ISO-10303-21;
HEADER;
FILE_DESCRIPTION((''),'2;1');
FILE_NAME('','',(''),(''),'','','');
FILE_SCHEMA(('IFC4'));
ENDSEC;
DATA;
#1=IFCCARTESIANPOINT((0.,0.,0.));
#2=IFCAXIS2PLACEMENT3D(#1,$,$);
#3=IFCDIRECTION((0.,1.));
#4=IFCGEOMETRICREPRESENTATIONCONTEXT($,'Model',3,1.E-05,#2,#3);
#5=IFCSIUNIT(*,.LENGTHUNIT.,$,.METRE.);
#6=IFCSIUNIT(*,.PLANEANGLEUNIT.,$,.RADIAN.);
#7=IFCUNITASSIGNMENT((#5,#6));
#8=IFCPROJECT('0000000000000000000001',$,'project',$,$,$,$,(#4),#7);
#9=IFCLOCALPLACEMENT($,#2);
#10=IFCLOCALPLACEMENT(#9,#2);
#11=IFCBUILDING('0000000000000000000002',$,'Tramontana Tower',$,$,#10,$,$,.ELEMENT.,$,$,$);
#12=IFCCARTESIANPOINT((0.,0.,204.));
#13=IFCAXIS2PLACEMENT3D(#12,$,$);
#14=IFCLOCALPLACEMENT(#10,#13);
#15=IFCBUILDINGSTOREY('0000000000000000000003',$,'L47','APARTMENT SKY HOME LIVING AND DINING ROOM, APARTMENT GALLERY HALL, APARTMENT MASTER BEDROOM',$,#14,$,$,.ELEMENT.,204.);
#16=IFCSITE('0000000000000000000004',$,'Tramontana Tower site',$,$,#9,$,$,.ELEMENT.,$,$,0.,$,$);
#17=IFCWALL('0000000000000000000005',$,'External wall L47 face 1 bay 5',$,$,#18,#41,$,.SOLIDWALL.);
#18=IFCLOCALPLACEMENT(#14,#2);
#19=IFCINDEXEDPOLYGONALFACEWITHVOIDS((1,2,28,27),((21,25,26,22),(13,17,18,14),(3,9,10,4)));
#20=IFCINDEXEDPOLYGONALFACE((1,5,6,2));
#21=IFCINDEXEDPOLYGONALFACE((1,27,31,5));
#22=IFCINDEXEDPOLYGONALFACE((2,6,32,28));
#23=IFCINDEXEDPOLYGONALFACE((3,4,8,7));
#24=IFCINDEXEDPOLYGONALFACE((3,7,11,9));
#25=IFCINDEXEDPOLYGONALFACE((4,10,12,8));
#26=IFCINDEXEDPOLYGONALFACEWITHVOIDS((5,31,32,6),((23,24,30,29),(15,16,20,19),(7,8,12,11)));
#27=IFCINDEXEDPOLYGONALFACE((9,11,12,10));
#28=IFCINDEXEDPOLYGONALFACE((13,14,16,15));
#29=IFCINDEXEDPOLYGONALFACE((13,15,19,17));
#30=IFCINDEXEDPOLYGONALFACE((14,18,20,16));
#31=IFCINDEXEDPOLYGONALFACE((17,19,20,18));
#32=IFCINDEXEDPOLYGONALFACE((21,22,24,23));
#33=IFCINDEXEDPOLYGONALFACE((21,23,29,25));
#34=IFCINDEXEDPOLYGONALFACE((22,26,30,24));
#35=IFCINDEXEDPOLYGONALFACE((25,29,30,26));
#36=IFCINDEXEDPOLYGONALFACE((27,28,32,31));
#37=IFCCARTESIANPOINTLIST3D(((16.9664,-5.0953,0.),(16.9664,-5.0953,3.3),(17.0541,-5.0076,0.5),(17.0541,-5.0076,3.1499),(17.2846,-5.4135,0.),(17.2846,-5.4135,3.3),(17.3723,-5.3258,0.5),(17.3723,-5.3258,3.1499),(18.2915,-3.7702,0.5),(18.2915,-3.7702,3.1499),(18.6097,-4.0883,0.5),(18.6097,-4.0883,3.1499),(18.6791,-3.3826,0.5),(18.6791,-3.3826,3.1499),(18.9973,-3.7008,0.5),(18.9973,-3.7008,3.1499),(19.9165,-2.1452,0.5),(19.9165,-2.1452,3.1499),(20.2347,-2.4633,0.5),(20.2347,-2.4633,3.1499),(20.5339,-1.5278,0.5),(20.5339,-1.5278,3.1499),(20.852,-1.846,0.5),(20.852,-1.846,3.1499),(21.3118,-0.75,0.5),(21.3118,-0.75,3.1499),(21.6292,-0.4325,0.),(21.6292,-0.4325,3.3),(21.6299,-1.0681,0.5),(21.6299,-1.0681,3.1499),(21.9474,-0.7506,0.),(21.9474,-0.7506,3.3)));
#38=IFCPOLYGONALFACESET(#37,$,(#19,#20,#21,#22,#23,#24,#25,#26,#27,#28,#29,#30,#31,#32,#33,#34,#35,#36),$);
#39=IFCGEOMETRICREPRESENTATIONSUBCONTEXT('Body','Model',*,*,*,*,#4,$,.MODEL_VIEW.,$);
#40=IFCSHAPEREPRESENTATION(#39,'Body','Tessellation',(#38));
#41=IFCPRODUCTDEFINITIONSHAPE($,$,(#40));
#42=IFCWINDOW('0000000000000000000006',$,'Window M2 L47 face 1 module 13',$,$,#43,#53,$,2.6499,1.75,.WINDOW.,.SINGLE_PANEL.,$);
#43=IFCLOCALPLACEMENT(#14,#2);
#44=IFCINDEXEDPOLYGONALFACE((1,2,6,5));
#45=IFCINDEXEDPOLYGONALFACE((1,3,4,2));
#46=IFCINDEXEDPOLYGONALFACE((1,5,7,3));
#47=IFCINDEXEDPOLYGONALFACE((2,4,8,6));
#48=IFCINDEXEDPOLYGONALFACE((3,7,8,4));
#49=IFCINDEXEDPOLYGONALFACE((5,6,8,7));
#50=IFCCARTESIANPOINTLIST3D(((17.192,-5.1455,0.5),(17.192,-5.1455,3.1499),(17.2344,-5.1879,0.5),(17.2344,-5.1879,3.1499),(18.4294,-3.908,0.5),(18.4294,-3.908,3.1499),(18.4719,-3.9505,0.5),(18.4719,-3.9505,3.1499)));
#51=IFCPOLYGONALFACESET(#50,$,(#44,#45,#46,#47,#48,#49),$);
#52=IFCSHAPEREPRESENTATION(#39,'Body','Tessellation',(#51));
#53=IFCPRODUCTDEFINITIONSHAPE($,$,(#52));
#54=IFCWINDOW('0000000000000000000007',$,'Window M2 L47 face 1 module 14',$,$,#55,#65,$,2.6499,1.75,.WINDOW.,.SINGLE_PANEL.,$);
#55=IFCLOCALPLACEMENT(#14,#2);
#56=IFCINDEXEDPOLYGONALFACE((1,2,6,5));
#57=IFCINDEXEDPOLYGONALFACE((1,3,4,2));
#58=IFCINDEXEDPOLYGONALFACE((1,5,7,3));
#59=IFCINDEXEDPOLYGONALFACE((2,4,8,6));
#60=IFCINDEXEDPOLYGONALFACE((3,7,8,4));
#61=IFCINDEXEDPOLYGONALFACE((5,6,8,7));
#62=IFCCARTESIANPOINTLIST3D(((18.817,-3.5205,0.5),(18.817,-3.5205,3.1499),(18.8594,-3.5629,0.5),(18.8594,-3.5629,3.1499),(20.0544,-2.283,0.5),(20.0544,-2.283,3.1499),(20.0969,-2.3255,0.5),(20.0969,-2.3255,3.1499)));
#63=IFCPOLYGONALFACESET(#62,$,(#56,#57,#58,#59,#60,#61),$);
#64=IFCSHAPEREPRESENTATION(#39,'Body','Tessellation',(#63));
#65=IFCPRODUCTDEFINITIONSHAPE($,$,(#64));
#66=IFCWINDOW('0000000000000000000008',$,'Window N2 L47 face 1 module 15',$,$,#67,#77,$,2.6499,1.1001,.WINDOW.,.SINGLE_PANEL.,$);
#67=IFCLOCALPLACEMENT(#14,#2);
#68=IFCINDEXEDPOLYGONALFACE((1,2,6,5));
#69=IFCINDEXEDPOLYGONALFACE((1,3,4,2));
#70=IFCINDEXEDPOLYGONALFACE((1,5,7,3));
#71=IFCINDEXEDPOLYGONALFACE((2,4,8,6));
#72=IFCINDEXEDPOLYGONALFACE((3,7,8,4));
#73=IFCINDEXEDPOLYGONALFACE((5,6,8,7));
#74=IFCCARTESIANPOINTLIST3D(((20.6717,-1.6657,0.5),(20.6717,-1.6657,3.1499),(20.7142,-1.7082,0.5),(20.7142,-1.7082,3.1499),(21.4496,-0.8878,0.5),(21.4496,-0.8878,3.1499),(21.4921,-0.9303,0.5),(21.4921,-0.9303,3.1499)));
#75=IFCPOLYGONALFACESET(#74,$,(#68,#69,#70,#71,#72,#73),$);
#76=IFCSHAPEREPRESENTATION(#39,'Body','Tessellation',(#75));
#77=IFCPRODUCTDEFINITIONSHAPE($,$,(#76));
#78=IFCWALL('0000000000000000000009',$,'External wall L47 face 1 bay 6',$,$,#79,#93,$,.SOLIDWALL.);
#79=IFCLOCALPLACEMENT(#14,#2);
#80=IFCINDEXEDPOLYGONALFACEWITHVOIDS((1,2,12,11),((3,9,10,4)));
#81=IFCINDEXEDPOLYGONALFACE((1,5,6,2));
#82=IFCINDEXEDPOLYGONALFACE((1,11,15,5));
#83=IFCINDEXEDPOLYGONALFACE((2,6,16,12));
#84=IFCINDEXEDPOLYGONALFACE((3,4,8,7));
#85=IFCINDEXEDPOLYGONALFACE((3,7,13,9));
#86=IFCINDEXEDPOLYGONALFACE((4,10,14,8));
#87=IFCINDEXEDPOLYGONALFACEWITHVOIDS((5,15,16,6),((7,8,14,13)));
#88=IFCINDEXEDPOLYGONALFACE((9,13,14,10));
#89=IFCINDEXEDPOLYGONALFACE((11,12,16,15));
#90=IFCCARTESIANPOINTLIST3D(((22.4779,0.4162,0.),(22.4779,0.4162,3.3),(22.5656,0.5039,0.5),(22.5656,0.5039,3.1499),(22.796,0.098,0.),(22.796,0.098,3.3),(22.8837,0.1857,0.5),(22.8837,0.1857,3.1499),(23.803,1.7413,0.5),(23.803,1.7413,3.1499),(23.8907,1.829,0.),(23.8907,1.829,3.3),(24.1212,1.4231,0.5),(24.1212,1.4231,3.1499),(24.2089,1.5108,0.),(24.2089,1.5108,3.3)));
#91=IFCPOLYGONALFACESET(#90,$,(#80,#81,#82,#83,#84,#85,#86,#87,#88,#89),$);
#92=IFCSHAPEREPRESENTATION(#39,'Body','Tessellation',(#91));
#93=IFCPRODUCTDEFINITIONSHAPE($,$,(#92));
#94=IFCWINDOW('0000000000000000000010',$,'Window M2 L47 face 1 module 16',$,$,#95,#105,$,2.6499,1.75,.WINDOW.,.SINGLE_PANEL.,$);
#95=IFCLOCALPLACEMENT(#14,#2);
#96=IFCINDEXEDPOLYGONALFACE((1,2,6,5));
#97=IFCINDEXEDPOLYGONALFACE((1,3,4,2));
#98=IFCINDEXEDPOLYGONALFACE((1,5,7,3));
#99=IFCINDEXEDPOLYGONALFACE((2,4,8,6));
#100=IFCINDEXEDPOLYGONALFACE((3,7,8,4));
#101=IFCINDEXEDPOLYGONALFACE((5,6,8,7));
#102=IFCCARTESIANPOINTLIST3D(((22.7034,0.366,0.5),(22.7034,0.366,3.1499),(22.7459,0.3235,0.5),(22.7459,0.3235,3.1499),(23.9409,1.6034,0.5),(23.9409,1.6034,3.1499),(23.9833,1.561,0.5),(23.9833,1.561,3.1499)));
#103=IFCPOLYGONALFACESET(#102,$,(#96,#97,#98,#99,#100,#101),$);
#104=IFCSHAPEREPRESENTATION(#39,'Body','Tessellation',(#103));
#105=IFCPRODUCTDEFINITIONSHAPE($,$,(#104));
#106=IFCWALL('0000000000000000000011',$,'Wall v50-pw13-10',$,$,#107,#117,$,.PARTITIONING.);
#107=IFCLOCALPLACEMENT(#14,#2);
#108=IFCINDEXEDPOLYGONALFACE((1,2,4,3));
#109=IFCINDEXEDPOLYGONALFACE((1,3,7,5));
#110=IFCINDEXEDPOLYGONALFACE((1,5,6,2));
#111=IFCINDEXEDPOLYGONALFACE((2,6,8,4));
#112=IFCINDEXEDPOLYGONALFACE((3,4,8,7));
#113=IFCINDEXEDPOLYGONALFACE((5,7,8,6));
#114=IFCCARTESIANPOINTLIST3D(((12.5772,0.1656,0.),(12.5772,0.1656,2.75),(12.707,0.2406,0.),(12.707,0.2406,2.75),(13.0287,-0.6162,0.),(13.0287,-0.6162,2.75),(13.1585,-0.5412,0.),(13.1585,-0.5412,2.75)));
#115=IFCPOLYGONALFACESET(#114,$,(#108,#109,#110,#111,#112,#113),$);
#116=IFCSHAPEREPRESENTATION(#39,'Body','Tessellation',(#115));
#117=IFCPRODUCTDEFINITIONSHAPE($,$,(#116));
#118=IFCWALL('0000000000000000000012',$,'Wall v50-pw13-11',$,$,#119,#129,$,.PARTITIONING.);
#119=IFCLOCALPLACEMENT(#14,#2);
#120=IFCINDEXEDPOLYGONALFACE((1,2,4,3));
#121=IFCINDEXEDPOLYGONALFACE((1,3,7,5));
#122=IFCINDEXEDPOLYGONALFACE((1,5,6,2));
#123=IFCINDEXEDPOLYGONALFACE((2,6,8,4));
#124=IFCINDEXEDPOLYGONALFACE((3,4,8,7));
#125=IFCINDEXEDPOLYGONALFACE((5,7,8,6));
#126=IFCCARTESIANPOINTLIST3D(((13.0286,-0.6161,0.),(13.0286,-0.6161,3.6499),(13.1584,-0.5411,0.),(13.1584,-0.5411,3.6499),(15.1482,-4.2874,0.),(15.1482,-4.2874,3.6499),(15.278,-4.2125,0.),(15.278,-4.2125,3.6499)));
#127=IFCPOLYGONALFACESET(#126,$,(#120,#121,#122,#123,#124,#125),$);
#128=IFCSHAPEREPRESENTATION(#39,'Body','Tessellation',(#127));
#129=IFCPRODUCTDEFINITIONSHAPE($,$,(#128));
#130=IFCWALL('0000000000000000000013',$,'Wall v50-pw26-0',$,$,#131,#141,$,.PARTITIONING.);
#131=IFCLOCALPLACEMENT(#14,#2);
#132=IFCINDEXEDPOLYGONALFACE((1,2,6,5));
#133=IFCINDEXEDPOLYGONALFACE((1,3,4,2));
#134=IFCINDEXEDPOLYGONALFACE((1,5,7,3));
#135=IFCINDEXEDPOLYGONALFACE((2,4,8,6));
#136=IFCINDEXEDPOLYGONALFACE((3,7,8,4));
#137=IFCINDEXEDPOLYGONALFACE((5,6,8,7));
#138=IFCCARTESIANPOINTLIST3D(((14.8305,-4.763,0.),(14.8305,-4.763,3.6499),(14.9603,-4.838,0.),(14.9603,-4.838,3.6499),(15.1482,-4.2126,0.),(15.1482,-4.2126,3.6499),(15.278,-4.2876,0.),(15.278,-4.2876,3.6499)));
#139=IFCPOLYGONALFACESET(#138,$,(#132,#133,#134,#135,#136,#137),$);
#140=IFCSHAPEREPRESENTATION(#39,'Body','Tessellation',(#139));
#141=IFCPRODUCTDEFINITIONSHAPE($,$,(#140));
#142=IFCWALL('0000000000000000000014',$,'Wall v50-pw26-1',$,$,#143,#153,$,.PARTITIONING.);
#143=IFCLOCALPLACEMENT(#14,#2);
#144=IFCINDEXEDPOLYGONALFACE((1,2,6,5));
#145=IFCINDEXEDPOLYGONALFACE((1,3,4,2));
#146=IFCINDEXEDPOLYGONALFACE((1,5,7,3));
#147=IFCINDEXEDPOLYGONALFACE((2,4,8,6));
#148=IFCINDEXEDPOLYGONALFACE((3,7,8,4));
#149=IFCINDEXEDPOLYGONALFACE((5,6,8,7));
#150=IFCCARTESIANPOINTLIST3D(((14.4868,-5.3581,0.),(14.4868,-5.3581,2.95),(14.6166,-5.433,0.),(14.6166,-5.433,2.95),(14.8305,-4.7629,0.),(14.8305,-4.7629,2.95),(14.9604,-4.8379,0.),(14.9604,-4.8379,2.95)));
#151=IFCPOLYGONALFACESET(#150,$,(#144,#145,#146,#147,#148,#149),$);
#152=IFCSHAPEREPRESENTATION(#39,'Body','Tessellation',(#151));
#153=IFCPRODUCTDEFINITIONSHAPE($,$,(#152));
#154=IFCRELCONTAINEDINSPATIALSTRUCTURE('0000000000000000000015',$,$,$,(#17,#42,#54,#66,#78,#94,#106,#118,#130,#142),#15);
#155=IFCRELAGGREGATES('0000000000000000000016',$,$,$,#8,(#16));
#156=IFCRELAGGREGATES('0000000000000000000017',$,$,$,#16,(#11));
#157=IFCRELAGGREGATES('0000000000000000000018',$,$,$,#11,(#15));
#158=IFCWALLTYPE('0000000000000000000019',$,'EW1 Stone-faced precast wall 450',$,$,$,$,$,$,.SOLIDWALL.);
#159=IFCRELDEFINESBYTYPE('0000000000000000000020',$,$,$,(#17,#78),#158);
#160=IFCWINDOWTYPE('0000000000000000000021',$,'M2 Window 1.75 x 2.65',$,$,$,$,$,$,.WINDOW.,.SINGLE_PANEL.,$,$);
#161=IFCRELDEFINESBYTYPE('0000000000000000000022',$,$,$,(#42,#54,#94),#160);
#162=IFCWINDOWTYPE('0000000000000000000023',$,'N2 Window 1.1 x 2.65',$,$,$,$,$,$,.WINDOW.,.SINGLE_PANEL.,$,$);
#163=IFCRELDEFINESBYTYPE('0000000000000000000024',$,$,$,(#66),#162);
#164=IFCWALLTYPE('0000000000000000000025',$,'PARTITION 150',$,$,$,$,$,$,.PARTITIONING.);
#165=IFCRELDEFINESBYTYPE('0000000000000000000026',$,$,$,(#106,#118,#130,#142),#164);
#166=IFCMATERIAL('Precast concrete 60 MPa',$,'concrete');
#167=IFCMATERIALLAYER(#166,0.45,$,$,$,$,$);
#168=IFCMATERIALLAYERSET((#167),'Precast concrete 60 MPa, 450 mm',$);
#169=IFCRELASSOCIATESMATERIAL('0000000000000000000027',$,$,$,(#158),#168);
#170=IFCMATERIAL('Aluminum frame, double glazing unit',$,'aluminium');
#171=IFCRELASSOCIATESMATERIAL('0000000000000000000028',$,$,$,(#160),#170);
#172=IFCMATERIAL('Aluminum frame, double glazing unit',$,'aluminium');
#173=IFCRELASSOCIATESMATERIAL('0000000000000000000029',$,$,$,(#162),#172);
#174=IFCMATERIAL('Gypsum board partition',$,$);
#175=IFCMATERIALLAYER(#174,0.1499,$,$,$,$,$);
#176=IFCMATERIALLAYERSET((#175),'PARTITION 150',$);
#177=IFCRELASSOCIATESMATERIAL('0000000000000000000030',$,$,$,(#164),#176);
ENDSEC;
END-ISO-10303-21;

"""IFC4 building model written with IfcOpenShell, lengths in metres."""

from ifc_helpers import new_model, si_unit, direction, frame, frame_2d, origin, place, context, subcontext, project, spatial, rectangle, extrude, material, layer, layer_set, type_object, element, fill, save


model = new_model("IFC4")

# Units and contexts
model_context = context("Model", 3, precision=1e-05, world=origin(), true_north=direction((0.0, 1.0)))
body_context = subcontext(model_context, "Body", "Model", "MODEL_VIEW")
ifc_project = project(units=[si_unit("LENGTHUNIT", "METRE"), si_unit("PLANEANGLEUNIT", "RADIAN")], contexts=[model_context])

# Site, building, storey
site_placement = place(None, origin())
site = spatial("IfcSite", under=ifc_project, at=site_placement, Name="Tramontana Tower site", CompositionType="ELEMENT", RefElevation=0.0)
building_placement = place(site_placement, origin())
building = spatial("IfcBuilding", under=site, at=building_placement, Name="Tramontana Tower", CompositionType="ELEMENT")
storey_placement = place(building_placement, frame((0.0, 0.0, 204.0)))
storey = spatial("IfcBuildingStorey", under=building, at=storey_placement, Name="L47", Description="APARTMENT SKY HOME LIVING AND DINING ROOM, APARTMENT GALLERY HALL, APARTMENT MASTER BEDROOM", CompositionType="ELEMENT", Elevation=204.0)

# Wall, openings, windows
ifc_material_1 = material(Name="Precast concrete 60 MPa", Category="concrete")
ifc_layer_1 = layer(ifc_material_1, 0.45)
ifc_layer_set_1 = layer_set([ifc_layer_1], Name="Precast concrete 60 MPa, 450 mm")
wall_type_1 = type_object("IfcWallType", Name="EW1 Stone-faced precast wall 450", PredefinedType="SOLIDWALL", material=ifc_layer_set_1)
wall_1_placement = place(storey_placement, frame((17.1255, -5.2544, 0.0), z_axis=(0.0, 0.0, 1.0), x_axis=(0.707107, 0.707107, 0.0)))
wall_1 = element("IfcWall", 1, at=wall_1_placement, inside=storey, type_object=wall_type_1, Name="External wall L47 face 1 bay 5", PredefinedType="SOLIDWALL", context=body_context, shape_type="SweptSolid", body=[
    extrude(rectangle(XDim=6.5942, YDim=0.45, at=frame_2d((3.2971, 0.0))), origin(), (0.0, 0.0, 1.0), 3.3),
])
opening_1_placement = place(wall_1_placement, frame((0.124, 0.0, 0.5)))
opening_1 = element("IfcOpeningElement", 2, at=opening_1_placement, cuts=wall_1, PredefinedType="OPENING", context=body_context, shape_type="SweptSolid", body=[
    extrude(rectangle(XDim=1.75, YDim=2.6499, at=frame_2d((0.875, 1.325))), frame((0.0, 0.2349, 0.0), z_axis=(0.0, -1.0, 0.0), x_axis=(1.0, 0.0, 0.0)), (0.0, 0.0, 1.0), 0.47),
])
opening_2_placement = place(wall_1_placement, frame((2.4221, 0.0, 0.5)))
opening_2 = element("IfcOpeningElement", 3, at=opening_2_placement, cuts=wall_1, PredefinedType="OPENING", context=body_context, shape_type="SweptSolid", body=[
    extrude(rectangle(XDim=1.75, YDim=2.6499, at=frame_2d((0.875, 1.325))), frame((0.0, 0.2349, 0.0), z_axis=(0.0, -1.0, 0.0), x_axis=(1.0, 0.0, 0.0)), (0.0, 0.0, 1.0), 0.47),
])
opening_3_placement = place(wall_1_placement, frame((5.0452, 0.0, 0.5)))
opening_3 = element("IfcOpeningElement", 4, at=opening_3_placement, cuts=wall_1, PredefinedType="OPENING", context=body_context, shape_type="SweptSolid", body=[
    extrude(rectangle(XDim=1.1001, YDim=2.6499, at=frame_2d((0.55, 1.325))), frame((0.0, 0.2349, 0.0), z_axis=(0.0, -1.0, 0.0), x_axis=(1.0, 0.0, 0.0)), (0.0, 0.0, 1.0), 0.47),
])
ifc_material_2 = material(Name="Aluminum frame, double glazing unit", Category="aluminium")
window_type_1 = type_object("IfcWindowType", Name="M2 Window 1.75 x 2.65", PartitioningType="SINGLE_PANEL", PredefinedType="WINDOW", material=ifc_material_2)
window_1_placement = place(opening_1_placement, origin())
window_1 = element("IfcWindow", 5, at=window_1_placement, inside=storey, type_object=window_type_1, Name="Window M2 L47 face 1 module 13", OverallHeight=2.6499, OverallWidth=1.75, PartitioningType="SINGLE_PANEL", PredefinedType="WINDOW", context=body_context, shape_type="SweptSolid", body=[
    extrude(rectangle(XDim=1.75, YDim=2.6499, at=frame_2d((0.875, 1.325))), frame((0.0, 0.03, 0.0), z_axis=(0.0, -1.0, 0.0), x_axis=(1.0, 0.0, 0.0)), (0.0, 0.0, 1.0), 0.0601),
])
fill(opening_1, window_1)
window_2_placement = place(opening_2_placement, origin())
window_2 = element("IfcWindow", 6, at=window_2_placement, inside=storey, type_object=window_type_1, Name="Window M2 L47 face 1 module 14", OverallHeight=2.6499, OverallWidth=1.75, PartitioningType="SINGLE_PANEL", PredefinedType="WINDOW", context=body_context, shape_type="SweptSolid", body=[
    extrude(rectangle(XDim=1.75, YDim=2.6499, at=frame_2d((0.875, 1.325))), frame((0.0, 0.03, 0.0), z_axis=(0.0, -1.0, 0.0), x_axis=(1.0, 0.0, 0.0)), (0.0, 0.0, 1.0), 0.0601),
])
fill(opening_2, window_2)
ifc_material_3 = material(Name="Aluminum frame, double glazing unit", Category="aluminium")
window_type_2 = type_object("IfcWindowType", Name="N2 Window 1.1 x 2.65", PartitioningType="SINGLE_PANEL", PredefinedType="WINDOW", material=ifc_material_3)
window_3_placement = place(opening_3_placement, origin())
window_3 = element("IfcWindow", 7, at=window_3_placement, inside=storey, type_object=window_type_2, Name="Window N2 L47 face 1 module 15", OverallHeight=2.6499, OverallWidth=1.1001, PartitioningType="SINGLE_PANEL", PredefinedType="WINDOW", context=body_context, shape_type="SweptSolid", body=[
    extrude(rectangle(XDim=1.1001, YDim=2.6499, at=frame_2d((0.55, 1.325))), frame((0.0, 0.03, 0.0), z_axis=(0.0, -1.0, 0.0), x_axis=(1.0, 0.0, 0.0)), (0.0, 0.0, 1.0), 0.0601),
])
fill(opening_3, window_3)

# Wall, opening, window
wall_2_placement = place(storey_placement, frame((22.637, 0.2571, 0.0), z_axis=(0.0, 0.0, 1.0), x_axis=(0.707107, 0.707107, 0.0)))
wall_2 = element("IfcWall", 8, at=wall_2_placement, inside=storey, type_object=wall_type_1, Name="External wall L47 face 1 bay 6", PredefinedType="SOLIDWALL", context=body_context, shape_type="SweptSolid", body=[
    extrude(rectangle(XDim=1.998, YDim=0.45, at=frame_2d((0.999, 0.0))), origin(), (0.0, 0.0, 1.0), 3.3),
])
opening_4_placement = place(wall_2_placement, frame((0.124, 0.0, 0.5)))
opening_4 = element("IfcOpeningElement", 9, at=opening_4_placement, cuts=wall_2, PredefinedType="OPENING", context=body_context, shape_type="SweptSolid", body=[
    extrude(rectangle(XDim=1.75, YDim=2.6499, at=frame_2d((0.875, 1.325))), frame((0.0, 0.2349, 0.0), z_axis=(0.0, -1.0, 0.0), x_axis=(1.0, 0.0, 0.0)), (0.0, 0.0, 1.0), 0.47),
])
window_4_placement = place(opening_4_placement, origin())
window_4 = element("IfcWindow", 10, at=window_4_placement, inside=storey, type_object=window_type_1, Name="Window M2 L47 face 1 module 16", OverallHeight=2.6499, OverallWidth=1.75, PartitioningType="SINGLE_PANEL", PredefinedType="WINDOW", context=body_context, shape_type="SweptSolid", body=[
    extrude(rectangle(XDim=1.75, YDim=2.6499, at=frame_2d((0.875, 1.325))), frame((0.0, 0.03, 0.0), z_axis=(0.0, -1.0, 0.0), x_axis=(1.0, 0.0, 0.0)), (0.0, 0.0, 1.0), 0.0601),
])
fill(opening_4, window_4)

# Walls
ifc_material_4 = material(Name="Gypsum board partition")
ifc_layer_2 = layer(ifc_material_4, 0.1499)
ifc_layer_set_2 = layer_set([ifc_layer_2], Name="PARTITION 150")
wall_type_2 = type_object("IfcWallType", Name="PARTITION 150", PredefinedType="PARTITIONING", material=ifc_layer_set_2)
wall_3_placement = place(storey_placement, frame((12.6421, 0.2031, 0.0), z_axis=(0.0, 0.0, 1.0), x_axis=(0.500066, -0.865987, 0.0)))
element("IfcWall", 11, at=wall_3_placement, inside=storey, type_object=wall_type_2, Name="Wall v50-pw13-10", PredefinedType="PARTITIONING", context=body_context, shape_type="SweptSolid", body=[
    extrude(rectangle(XDim=0.9028, YDim=0.1499, at=frame_2d((0.4514, 0.0))), origin(), (0.0, 0.0, 1.0), 2.75),
])
wall_4_placement = place(storey_placement, frame((13.0935, -0.5786, 0.0), z_axis=(0.0, 0.0, 1.0), x_axis=(0.499992, -0.86603, 0.0)))
element("IfcWall", 12, at=wall_4_placement, inside=storey, type_object=wall_type_2, Name="Wall v50-pw13-11", PredefinedType="PARTITIONING", context=body_context, shape_type="SweptSolid", body=[
    extrude(rectangle(XDim=4.2393, YDim=0.1499, at=frame_2d((2.1196, 0.0))), origin(), (0.0, 0.0, 1.0), 3.6499),
])
wall_5_placement = place(storey_placement, frame((15.2131, -4.25, 0.0), z_axis=(0.0, 0.0, 1.0), x_axis=(-0.4999, -0.866083, 0.0)))
element("IfcWall", 13, at=wall_5_placement, inside=storey, type_object=wall_type_2, Name="Wall v50-pw26-0", PredefinedType="PARTITIONING", context=body_context, shape_type="SweptSolid", body=[
    extrude(rectangle(XDim=0.6355, YDim=0.1499, at=frame_2d((0.3179, 0.0))), origin(), (0.0, 0.0, 1.0), 3.6499),
])
wall_6_placement = place(storey_placement, frame((14.8955, -4.8003, 0.0), z_axis=(0.0, 0.0, 1.0), x_axis=(-0.500112, -0.865961, 0.0)))
element("IfcWall", 14, at=wall_6_placement, inside=storey, type_object=wall_type_2, Name="Wall v50-pw26-1", PredefinedType="PARTITIONING", context=body_context, shape_type="SweptSolid", body=[
    extrude(rectangle(XDim=0.6873, YDim=0.1499, at=frame_2d((0.3438, 0.0))), origin(), (0.0, 0.0, 1.0), 2.95),
])

save(model, "model.ifc")
